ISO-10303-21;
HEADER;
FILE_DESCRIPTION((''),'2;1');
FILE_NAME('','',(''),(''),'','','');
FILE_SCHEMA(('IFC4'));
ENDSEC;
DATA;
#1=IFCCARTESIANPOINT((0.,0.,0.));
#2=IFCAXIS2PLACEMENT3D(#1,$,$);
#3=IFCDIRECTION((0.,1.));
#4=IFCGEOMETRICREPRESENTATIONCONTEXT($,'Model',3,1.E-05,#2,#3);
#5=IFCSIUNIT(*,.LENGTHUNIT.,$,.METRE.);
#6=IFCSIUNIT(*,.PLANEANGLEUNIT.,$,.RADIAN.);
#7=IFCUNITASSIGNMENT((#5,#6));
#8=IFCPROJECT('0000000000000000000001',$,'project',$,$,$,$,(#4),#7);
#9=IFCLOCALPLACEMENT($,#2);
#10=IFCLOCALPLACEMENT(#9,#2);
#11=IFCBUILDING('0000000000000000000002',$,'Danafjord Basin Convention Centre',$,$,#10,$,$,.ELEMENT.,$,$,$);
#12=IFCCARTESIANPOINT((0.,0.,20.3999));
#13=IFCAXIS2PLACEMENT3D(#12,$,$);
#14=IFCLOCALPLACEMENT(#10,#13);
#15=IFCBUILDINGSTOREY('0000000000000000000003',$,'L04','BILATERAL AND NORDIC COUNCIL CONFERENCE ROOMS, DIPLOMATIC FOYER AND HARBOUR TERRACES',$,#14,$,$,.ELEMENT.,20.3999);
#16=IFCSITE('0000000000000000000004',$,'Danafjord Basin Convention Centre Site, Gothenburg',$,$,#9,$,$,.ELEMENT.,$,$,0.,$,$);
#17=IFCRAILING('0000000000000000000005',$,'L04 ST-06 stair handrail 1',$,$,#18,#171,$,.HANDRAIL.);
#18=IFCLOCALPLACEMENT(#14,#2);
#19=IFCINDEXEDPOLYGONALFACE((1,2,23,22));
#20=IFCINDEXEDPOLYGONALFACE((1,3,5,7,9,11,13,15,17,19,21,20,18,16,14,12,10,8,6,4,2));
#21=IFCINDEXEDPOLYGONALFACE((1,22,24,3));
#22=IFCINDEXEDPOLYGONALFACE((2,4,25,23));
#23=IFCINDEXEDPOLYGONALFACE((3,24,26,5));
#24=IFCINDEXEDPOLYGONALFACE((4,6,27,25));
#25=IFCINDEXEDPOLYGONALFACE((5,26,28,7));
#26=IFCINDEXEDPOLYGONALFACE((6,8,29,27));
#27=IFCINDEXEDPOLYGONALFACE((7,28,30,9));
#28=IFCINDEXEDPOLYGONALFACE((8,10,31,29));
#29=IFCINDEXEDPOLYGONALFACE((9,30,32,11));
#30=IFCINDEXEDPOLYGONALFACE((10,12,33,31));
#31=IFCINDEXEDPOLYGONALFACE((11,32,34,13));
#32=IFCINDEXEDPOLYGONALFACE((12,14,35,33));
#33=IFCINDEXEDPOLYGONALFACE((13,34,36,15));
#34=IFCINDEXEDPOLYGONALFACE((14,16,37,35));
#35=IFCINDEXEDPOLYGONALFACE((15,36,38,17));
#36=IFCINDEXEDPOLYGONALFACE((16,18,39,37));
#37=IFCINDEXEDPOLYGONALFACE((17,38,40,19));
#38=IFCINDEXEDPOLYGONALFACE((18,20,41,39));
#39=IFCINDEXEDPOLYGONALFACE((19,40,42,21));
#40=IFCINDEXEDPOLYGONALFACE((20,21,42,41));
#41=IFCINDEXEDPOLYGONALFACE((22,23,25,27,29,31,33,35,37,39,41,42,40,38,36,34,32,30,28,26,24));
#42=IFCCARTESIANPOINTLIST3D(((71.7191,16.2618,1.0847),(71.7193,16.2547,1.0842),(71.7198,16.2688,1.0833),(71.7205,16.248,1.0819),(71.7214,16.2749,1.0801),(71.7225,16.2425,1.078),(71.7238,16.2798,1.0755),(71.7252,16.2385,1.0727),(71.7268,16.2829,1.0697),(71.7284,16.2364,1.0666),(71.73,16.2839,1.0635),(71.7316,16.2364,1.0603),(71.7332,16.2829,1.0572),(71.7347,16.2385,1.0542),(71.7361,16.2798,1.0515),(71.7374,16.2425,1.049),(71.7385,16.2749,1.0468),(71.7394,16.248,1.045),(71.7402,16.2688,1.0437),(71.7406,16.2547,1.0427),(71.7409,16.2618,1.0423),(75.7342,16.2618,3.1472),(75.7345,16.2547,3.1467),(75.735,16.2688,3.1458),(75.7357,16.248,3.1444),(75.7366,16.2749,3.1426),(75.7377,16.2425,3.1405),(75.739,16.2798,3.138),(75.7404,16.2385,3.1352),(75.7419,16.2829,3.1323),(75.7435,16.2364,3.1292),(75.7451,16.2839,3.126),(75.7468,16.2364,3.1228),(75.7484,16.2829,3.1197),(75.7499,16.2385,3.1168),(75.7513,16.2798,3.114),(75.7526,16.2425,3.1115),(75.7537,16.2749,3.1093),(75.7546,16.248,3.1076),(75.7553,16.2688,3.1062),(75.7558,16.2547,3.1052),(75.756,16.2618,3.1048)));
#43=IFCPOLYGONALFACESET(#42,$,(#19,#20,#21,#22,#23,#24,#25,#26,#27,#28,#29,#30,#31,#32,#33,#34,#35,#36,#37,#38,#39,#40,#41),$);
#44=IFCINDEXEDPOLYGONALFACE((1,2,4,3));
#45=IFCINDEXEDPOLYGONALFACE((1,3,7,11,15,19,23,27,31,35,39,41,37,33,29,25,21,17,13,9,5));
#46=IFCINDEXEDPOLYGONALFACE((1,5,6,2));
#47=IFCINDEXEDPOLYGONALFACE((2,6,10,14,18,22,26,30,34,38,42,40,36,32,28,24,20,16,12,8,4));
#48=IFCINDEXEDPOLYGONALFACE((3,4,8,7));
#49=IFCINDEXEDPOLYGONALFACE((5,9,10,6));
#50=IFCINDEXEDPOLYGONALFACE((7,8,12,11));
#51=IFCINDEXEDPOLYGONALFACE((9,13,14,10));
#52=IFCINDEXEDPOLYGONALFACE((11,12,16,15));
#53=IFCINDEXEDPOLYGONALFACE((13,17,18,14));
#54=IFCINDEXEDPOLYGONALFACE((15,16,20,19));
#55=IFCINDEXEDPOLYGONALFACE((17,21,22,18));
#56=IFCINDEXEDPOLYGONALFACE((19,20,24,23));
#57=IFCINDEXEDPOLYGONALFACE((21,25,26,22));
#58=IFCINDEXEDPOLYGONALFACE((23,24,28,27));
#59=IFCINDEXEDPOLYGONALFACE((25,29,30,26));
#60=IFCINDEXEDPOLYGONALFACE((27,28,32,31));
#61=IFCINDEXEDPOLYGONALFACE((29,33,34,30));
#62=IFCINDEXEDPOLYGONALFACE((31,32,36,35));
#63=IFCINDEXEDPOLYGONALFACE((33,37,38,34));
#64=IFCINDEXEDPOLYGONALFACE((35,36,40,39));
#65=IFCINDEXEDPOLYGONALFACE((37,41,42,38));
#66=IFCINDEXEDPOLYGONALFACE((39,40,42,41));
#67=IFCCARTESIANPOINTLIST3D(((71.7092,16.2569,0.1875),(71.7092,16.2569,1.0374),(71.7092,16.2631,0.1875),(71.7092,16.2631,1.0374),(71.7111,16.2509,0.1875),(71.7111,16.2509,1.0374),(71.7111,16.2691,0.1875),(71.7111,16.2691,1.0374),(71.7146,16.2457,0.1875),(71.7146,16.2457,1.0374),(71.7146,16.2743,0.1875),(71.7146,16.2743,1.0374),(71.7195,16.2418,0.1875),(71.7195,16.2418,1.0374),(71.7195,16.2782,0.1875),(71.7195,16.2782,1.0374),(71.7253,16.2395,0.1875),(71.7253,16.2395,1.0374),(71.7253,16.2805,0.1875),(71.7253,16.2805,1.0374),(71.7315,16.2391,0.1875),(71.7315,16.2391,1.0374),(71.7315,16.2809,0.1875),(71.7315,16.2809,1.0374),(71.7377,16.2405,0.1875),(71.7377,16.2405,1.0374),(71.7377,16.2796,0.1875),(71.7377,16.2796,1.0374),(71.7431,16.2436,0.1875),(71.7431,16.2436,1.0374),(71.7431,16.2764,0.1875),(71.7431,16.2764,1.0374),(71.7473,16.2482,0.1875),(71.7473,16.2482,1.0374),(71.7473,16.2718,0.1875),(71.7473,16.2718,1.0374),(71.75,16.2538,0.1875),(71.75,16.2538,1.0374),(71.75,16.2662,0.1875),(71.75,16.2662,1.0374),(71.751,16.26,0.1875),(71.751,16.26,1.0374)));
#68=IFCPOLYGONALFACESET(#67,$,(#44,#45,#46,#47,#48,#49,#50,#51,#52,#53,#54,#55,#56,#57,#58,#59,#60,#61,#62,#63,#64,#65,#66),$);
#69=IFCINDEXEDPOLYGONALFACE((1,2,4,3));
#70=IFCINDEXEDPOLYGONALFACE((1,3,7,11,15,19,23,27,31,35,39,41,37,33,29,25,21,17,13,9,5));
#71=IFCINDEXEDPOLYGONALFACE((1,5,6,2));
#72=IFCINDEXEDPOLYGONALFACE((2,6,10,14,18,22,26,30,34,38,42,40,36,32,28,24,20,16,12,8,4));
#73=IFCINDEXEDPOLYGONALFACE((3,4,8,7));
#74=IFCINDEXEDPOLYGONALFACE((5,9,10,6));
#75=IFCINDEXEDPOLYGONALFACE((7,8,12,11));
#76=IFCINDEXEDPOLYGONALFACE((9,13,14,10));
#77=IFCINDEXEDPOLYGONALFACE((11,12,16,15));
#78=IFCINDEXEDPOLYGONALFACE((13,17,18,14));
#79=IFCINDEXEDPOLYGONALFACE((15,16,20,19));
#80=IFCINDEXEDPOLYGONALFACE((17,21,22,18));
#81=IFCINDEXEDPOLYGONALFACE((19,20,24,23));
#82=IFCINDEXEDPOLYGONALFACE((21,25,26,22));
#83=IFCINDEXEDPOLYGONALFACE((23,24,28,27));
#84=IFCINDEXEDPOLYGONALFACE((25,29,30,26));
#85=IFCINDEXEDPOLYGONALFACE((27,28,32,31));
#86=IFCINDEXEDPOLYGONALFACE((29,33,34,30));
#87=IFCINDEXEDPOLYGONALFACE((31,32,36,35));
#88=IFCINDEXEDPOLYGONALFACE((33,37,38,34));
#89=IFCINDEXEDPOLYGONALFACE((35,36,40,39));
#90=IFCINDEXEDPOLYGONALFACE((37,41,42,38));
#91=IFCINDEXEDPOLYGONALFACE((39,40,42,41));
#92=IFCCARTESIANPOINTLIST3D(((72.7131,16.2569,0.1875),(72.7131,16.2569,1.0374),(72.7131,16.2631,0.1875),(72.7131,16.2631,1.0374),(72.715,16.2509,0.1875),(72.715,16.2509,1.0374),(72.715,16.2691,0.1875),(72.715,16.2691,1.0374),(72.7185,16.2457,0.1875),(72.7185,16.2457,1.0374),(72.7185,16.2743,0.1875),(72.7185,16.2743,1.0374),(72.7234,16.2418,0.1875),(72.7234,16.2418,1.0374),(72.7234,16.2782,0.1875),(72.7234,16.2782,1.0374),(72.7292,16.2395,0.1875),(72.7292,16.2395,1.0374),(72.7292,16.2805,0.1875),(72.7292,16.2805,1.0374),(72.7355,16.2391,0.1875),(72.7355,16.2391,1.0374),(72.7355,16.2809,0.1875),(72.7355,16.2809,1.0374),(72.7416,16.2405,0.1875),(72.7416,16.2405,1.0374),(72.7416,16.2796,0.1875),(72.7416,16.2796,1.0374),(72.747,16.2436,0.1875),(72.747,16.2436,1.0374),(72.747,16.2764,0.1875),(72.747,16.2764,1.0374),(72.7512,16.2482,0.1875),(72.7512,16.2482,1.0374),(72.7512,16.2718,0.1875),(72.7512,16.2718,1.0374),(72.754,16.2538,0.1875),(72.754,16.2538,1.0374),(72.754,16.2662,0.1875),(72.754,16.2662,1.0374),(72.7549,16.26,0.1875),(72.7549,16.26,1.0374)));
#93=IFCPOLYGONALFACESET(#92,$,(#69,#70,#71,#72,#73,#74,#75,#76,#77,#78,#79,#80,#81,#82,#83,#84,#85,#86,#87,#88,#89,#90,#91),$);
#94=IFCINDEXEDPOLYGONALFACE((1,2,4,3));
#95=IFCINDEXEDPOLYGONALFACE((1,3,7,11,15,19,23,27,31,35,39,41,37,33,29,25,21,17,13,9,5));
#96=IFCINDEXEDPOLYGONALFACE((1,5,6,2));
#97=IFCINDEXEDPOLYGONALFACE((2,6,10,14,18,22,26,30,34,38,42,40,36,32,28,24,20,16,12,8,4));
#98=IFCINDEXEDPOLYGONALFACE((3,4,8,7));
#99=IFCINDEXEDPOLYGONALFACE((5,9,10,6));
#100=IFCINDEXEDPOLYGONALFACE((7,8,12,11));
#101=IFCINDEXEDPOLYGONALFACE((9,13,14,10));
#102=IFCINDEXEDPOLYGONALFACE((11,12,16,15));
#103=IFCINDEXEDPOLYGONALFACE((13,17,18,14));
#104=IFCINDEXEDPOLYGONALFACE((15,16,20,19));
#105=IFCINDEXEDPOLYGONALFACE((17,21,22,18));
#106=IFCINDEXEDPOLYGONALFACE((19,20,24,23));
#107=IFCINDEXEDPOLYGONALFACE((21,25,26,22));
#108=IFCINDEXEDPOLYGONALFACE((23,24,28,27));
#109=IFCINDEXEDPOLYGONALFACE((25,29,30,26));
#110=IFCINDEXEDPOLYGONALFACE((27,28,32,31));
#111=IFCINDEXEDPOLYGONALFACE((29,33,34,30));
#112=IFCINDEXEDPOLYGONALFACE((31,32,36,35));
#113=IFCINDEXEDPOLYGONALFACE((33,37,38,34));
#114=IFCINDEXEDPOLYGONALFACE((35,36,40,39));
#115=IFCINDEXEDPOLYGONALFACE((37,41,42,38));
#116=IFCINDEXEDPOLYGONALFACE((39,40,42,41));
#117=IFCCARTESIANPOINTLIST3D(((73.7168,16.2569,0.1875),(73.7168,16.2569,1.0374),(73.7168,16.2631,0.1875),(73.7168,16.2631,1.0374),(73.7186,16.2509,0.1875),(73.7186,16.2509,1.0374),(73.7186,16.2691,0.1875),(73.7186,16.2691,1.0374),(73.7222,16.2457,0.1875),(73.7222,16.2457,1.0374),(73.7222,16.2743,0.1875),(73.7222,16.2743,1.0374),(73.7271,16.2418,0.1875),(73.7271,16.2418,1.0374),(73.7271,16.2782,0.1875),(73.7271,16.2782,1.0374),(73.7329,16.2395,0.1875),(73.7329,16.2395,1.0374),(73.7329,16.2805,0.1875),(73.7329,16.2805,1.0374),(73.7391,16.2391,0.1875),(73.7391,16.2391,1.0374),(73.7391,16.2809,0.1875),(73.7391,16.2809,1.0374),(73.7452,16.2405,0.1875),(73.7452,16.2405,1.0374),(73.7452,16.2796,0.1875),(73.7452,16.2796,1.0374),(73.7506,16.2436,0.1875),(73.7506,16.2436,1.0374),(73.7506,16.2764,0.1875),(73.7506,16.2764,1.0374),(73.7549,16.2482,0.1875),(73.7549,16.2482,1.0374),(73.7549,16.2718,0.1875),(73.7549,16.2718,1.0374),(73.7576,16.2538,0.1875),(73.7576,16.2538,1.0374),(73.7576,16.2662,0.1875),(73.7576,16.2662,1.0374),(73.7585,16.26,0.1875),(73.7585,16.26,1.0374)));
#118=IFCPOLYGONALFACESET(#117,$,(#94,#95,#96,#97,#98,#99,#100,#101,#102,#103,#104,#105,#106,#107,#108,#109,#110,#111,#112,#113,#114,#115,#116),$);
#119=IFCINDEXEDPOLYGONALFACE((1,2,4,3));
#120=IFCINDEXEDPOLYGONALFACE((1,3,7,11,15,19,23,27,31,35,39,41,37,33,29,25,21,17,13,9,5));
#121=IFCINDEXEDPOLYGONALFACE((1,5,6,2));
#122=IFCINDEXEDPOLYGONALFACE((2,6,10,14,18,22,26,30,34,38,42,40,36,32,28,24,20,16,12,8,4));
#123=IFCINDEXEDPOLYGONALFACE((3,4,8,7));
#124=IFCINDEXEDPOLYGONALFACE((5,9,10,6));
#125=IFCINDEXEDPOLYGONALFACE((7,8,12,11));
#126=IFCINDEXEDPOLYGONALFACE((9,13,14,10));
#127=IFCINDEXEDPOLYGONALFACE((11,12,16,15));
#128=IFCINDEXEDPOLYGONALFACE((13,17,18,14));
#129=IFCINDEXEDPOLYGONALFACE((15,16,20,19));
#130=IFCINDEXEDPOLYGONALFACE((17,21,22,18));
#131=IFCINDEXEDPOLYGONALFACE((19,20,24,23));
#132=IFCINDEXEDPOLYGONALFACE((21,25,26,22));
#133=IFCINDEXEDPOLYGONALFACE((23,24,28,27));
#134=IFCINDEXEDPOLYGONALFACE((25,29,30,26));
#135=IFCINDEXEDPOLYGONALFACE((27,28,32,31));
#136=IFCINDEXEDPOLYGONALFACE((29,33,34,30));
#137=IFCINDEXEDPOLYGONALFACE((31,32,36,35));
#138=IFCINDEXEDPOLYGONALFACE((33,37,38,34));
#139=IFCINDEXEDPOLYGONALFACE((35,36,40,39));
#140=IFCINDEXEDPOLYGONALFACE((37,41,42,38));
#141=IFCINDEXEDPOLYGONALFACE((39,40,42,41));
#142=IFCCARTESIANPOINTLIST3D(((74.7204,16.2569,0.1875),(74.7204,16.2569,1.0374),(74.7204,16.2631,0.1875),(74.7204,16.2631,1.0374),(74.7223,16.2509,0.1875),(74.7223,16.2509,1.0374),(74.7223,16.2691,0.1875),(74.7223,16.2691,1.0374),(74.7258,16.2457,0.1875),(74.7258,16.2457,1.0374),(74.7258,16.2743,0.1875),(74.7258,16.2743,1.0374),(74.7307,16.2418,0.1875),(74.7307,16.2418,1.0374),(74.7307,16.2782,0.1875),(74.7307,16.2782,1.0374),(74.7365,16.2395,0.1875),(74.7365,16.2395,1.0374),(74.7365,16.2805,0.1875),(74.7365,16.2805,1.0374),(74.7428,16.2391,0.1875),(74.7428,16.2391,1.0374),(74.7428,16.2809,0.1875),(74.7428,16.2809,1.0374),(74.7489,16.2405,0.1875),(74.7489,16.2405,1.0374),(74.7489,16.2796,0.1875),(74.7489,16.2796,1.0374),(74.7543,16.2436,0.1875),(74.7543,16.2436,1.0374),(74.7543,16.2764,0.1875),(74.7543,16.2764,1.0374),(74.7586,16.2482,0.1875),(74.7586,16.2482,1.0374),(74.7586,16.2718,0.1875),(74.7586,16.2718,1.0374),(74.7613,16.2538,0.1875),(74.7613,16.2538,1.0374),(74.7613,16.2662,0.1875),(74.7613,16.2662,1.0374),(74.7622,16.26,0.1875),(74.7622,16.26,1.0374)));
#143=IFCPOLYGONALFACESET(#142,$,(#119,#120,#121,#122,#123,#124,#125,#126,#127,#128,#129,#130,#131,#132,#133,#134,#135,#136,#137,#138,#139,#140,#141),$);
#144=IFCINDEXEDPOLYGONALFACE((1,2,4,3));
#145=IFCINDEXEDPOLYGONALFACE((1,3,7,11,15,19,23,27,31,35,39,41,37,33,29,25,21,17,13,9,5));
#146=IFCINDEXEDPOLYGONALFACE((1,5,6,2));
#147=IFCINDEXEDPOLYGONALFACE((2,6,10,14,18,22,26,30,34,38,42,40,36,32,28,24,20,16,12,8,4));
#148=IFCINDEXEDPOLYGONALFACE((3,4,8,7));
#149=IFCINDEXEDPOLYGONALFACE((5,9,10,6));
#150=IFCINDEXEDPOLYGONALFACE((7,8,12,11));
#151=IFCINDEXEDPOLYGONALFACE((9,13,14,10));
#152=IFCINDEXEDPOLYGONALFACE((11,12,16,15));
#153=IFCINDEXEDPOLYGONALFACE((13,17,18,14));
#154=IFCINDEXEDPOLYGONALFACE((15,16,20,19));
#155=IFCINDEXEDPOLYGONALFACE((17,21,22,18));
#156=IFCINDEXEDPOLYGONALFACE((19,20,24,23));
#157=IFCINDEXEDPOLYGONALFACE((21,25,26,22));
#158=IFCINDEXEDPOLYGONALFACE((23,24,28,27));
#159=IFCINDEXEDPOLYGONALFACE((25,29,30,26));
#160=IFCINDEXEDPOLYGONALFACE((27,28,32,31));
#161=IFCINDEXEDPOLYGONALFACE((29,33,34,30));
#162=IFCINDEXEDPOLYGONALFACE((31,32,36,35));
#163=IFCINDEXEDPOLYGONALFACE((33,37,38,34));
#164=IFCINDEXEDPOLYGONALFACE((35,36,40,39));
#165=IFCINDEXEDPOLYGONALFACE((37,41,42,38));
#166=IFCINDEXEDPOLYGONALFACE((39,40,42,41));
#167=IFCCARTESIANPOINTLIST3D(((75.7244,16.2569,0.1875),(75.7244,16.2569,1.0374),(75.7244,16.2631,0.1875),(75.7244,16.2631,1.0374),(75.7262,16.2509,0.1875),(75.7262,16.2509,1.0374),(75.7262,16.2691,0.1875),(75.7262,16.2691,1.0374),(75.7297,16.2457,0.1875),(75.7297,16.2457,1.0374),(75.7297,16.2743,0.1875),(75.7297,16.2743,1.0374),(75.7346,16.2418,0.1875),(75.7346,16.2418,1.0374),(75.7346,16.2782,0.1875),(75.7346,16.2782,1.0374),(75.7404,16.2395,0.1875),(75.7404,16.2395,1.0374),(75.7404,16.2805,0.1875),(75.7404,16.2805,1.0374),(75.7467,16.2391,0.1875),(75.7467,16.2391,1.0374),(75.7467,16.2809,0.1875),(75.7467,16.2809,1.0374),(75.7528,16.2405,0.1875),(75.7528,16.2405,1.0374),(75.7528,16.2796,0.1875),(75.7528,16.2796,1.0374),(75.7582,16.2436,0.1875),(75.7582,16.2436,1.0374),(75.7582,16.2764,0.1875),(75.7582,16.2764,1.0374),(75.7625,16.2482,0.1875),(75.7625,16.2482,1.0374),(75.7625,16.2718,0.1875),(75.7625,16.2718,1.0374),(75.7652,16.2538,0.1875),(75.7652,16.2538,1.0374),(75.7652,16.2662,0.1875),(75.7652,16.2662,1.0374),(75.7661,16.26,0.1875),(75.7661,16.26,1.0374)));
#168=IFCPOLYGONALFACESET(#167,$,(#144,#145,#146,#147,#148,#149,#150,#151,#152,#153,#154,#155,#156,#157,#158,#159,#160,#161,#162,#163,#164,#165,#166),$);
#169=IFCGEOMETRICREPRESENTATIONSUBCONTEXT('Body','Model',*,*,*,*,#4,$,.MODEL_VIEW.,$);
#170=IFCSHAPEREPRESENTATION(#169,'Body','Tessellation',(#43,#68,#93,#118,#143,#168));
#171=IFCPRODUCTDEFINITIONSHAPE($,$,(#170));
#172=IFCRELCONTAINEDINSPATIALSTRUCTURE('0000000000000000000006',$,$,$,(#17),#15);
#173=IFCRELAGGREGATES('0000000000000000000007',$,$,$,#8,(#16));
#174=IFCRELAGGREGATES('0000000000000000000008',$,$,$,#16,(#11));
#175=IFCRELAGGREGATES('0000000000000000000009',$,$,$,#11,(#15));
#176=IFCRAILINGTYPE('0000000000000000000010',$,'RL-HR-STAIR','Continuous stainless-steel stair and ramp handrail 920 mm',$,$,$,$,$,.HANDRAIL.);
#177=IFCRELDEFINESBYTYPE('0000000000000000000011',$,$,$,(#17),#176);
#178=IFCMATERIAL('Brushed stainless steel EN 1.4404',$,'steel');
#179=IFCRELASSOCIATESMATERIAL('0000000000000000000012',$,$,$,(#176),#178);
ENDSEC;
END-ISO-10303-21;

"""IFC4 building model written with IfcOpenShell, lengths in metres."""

from ifc_helpers import new_model, si_unit, direction, frame, origin, origin_2d, place, context, subcontext, project, spatial, circle, extrude, material, type_object, element, save


model = new_model("IFC4")

# Units and contexts
model_context = context("Model", 3, precision=1e-05, world=origin(), true_north=direction((0.0, 1.0)))
body_context = subcontext(model_context, "Body", "Model", "MODEL_VIEW")
ifc_project = project(units=[si_unit("LENGTHUNIT", "METRE"), si_unit("PLANEANGLEUNIT", "RADIAN")], contexts=[model_context])

# Site, building, storey
site_placement = place(None, origin())
site = spatial("IfcSite", under=ifc_project, at=site_placement, Name="Danafjord Basin Convention Centre Site, Gothenburg", CompositionType="ELEMENT", RefElevation=0.0)
building_placement = place(site_placement, origin())
building = spatial("IfcBuilding", under=site, at=building_placement, Name="Danafjord Basin Convention Centre", CompositionType="ELEMENT")
storey_placement = place(building_placement, frame((0.0, 0.0, 20.3999)))
storey = spatial("IfcBuildingStorey", under=building, at=storey_placement, Name="L04", Description="BILATERAL AND NORDIC COUNCIL CONFERENCE ROOMS, DIPLOMATIC FOYER AND HARBOUR TERRACES", CompositionType="ELEMENT", Elevation=20.3999)

# Railing
ifc_material_1 = material(Name="Brushed stainless steel EN 1.4404", Category="steel")
railing_type_1 = type_object("IfcRailingType", Name="RL-HR-STAIR", Description="Continuous stainless-steel stair and ramp handrail 920 mm", PredefinedType="HANDRAIL", material=ifc_material_1)
railing_1_placement = place(storey_placement, frame((71.73, 16.26, 0.1875)))
element("IfcRailing", 1, at=railing_1_placement, inside=storey, type_object=railing_type_1, Name="L04 ST-06 stair handrail 1", PredefinedType="HANDRAIL", context=body_context, shape_type="SweptSolid", body=[
    extrude(circle(Radius=0.0239, at=origin_2d()), frame((0.0, 0.0, 0.876), z_axis=(0.889506, 0.0, 0.456923), x_axis=(0.0, 1.0, 0.0)), (0.0, 0.0, 1.0), 4.5139),
    extrude(circle(Radius=0.021, at=origin_2d()), origin(), (0.0, 0.0, 1.0), 0.8499),
    extrude(circle(Radius=0.021, at=origin_2d()), frame((1.0039, 0.0, 0.0)), (0.0, 0.0, 1.0), 0.8499),
    extrude(circle(Radius=0.021, at=origin_2d()), frame((2.0076, 0.0, 0.0)), (0.0, 0.0, 1.0), 0.8499),
    extrude(circle(Radius=0.021, at=origin_2d()), frame((3.0112, 0.0, 0.0)), (0.0, 0.0, 1.0), 0.8499),
    extrude(circle(Radius=0.021, at=origin_2d()), frame((4.0151, 0.0, 0.0)), (0.0, 0.0, 1.0), 0.8499),
])

save(model, "model.ifc")
